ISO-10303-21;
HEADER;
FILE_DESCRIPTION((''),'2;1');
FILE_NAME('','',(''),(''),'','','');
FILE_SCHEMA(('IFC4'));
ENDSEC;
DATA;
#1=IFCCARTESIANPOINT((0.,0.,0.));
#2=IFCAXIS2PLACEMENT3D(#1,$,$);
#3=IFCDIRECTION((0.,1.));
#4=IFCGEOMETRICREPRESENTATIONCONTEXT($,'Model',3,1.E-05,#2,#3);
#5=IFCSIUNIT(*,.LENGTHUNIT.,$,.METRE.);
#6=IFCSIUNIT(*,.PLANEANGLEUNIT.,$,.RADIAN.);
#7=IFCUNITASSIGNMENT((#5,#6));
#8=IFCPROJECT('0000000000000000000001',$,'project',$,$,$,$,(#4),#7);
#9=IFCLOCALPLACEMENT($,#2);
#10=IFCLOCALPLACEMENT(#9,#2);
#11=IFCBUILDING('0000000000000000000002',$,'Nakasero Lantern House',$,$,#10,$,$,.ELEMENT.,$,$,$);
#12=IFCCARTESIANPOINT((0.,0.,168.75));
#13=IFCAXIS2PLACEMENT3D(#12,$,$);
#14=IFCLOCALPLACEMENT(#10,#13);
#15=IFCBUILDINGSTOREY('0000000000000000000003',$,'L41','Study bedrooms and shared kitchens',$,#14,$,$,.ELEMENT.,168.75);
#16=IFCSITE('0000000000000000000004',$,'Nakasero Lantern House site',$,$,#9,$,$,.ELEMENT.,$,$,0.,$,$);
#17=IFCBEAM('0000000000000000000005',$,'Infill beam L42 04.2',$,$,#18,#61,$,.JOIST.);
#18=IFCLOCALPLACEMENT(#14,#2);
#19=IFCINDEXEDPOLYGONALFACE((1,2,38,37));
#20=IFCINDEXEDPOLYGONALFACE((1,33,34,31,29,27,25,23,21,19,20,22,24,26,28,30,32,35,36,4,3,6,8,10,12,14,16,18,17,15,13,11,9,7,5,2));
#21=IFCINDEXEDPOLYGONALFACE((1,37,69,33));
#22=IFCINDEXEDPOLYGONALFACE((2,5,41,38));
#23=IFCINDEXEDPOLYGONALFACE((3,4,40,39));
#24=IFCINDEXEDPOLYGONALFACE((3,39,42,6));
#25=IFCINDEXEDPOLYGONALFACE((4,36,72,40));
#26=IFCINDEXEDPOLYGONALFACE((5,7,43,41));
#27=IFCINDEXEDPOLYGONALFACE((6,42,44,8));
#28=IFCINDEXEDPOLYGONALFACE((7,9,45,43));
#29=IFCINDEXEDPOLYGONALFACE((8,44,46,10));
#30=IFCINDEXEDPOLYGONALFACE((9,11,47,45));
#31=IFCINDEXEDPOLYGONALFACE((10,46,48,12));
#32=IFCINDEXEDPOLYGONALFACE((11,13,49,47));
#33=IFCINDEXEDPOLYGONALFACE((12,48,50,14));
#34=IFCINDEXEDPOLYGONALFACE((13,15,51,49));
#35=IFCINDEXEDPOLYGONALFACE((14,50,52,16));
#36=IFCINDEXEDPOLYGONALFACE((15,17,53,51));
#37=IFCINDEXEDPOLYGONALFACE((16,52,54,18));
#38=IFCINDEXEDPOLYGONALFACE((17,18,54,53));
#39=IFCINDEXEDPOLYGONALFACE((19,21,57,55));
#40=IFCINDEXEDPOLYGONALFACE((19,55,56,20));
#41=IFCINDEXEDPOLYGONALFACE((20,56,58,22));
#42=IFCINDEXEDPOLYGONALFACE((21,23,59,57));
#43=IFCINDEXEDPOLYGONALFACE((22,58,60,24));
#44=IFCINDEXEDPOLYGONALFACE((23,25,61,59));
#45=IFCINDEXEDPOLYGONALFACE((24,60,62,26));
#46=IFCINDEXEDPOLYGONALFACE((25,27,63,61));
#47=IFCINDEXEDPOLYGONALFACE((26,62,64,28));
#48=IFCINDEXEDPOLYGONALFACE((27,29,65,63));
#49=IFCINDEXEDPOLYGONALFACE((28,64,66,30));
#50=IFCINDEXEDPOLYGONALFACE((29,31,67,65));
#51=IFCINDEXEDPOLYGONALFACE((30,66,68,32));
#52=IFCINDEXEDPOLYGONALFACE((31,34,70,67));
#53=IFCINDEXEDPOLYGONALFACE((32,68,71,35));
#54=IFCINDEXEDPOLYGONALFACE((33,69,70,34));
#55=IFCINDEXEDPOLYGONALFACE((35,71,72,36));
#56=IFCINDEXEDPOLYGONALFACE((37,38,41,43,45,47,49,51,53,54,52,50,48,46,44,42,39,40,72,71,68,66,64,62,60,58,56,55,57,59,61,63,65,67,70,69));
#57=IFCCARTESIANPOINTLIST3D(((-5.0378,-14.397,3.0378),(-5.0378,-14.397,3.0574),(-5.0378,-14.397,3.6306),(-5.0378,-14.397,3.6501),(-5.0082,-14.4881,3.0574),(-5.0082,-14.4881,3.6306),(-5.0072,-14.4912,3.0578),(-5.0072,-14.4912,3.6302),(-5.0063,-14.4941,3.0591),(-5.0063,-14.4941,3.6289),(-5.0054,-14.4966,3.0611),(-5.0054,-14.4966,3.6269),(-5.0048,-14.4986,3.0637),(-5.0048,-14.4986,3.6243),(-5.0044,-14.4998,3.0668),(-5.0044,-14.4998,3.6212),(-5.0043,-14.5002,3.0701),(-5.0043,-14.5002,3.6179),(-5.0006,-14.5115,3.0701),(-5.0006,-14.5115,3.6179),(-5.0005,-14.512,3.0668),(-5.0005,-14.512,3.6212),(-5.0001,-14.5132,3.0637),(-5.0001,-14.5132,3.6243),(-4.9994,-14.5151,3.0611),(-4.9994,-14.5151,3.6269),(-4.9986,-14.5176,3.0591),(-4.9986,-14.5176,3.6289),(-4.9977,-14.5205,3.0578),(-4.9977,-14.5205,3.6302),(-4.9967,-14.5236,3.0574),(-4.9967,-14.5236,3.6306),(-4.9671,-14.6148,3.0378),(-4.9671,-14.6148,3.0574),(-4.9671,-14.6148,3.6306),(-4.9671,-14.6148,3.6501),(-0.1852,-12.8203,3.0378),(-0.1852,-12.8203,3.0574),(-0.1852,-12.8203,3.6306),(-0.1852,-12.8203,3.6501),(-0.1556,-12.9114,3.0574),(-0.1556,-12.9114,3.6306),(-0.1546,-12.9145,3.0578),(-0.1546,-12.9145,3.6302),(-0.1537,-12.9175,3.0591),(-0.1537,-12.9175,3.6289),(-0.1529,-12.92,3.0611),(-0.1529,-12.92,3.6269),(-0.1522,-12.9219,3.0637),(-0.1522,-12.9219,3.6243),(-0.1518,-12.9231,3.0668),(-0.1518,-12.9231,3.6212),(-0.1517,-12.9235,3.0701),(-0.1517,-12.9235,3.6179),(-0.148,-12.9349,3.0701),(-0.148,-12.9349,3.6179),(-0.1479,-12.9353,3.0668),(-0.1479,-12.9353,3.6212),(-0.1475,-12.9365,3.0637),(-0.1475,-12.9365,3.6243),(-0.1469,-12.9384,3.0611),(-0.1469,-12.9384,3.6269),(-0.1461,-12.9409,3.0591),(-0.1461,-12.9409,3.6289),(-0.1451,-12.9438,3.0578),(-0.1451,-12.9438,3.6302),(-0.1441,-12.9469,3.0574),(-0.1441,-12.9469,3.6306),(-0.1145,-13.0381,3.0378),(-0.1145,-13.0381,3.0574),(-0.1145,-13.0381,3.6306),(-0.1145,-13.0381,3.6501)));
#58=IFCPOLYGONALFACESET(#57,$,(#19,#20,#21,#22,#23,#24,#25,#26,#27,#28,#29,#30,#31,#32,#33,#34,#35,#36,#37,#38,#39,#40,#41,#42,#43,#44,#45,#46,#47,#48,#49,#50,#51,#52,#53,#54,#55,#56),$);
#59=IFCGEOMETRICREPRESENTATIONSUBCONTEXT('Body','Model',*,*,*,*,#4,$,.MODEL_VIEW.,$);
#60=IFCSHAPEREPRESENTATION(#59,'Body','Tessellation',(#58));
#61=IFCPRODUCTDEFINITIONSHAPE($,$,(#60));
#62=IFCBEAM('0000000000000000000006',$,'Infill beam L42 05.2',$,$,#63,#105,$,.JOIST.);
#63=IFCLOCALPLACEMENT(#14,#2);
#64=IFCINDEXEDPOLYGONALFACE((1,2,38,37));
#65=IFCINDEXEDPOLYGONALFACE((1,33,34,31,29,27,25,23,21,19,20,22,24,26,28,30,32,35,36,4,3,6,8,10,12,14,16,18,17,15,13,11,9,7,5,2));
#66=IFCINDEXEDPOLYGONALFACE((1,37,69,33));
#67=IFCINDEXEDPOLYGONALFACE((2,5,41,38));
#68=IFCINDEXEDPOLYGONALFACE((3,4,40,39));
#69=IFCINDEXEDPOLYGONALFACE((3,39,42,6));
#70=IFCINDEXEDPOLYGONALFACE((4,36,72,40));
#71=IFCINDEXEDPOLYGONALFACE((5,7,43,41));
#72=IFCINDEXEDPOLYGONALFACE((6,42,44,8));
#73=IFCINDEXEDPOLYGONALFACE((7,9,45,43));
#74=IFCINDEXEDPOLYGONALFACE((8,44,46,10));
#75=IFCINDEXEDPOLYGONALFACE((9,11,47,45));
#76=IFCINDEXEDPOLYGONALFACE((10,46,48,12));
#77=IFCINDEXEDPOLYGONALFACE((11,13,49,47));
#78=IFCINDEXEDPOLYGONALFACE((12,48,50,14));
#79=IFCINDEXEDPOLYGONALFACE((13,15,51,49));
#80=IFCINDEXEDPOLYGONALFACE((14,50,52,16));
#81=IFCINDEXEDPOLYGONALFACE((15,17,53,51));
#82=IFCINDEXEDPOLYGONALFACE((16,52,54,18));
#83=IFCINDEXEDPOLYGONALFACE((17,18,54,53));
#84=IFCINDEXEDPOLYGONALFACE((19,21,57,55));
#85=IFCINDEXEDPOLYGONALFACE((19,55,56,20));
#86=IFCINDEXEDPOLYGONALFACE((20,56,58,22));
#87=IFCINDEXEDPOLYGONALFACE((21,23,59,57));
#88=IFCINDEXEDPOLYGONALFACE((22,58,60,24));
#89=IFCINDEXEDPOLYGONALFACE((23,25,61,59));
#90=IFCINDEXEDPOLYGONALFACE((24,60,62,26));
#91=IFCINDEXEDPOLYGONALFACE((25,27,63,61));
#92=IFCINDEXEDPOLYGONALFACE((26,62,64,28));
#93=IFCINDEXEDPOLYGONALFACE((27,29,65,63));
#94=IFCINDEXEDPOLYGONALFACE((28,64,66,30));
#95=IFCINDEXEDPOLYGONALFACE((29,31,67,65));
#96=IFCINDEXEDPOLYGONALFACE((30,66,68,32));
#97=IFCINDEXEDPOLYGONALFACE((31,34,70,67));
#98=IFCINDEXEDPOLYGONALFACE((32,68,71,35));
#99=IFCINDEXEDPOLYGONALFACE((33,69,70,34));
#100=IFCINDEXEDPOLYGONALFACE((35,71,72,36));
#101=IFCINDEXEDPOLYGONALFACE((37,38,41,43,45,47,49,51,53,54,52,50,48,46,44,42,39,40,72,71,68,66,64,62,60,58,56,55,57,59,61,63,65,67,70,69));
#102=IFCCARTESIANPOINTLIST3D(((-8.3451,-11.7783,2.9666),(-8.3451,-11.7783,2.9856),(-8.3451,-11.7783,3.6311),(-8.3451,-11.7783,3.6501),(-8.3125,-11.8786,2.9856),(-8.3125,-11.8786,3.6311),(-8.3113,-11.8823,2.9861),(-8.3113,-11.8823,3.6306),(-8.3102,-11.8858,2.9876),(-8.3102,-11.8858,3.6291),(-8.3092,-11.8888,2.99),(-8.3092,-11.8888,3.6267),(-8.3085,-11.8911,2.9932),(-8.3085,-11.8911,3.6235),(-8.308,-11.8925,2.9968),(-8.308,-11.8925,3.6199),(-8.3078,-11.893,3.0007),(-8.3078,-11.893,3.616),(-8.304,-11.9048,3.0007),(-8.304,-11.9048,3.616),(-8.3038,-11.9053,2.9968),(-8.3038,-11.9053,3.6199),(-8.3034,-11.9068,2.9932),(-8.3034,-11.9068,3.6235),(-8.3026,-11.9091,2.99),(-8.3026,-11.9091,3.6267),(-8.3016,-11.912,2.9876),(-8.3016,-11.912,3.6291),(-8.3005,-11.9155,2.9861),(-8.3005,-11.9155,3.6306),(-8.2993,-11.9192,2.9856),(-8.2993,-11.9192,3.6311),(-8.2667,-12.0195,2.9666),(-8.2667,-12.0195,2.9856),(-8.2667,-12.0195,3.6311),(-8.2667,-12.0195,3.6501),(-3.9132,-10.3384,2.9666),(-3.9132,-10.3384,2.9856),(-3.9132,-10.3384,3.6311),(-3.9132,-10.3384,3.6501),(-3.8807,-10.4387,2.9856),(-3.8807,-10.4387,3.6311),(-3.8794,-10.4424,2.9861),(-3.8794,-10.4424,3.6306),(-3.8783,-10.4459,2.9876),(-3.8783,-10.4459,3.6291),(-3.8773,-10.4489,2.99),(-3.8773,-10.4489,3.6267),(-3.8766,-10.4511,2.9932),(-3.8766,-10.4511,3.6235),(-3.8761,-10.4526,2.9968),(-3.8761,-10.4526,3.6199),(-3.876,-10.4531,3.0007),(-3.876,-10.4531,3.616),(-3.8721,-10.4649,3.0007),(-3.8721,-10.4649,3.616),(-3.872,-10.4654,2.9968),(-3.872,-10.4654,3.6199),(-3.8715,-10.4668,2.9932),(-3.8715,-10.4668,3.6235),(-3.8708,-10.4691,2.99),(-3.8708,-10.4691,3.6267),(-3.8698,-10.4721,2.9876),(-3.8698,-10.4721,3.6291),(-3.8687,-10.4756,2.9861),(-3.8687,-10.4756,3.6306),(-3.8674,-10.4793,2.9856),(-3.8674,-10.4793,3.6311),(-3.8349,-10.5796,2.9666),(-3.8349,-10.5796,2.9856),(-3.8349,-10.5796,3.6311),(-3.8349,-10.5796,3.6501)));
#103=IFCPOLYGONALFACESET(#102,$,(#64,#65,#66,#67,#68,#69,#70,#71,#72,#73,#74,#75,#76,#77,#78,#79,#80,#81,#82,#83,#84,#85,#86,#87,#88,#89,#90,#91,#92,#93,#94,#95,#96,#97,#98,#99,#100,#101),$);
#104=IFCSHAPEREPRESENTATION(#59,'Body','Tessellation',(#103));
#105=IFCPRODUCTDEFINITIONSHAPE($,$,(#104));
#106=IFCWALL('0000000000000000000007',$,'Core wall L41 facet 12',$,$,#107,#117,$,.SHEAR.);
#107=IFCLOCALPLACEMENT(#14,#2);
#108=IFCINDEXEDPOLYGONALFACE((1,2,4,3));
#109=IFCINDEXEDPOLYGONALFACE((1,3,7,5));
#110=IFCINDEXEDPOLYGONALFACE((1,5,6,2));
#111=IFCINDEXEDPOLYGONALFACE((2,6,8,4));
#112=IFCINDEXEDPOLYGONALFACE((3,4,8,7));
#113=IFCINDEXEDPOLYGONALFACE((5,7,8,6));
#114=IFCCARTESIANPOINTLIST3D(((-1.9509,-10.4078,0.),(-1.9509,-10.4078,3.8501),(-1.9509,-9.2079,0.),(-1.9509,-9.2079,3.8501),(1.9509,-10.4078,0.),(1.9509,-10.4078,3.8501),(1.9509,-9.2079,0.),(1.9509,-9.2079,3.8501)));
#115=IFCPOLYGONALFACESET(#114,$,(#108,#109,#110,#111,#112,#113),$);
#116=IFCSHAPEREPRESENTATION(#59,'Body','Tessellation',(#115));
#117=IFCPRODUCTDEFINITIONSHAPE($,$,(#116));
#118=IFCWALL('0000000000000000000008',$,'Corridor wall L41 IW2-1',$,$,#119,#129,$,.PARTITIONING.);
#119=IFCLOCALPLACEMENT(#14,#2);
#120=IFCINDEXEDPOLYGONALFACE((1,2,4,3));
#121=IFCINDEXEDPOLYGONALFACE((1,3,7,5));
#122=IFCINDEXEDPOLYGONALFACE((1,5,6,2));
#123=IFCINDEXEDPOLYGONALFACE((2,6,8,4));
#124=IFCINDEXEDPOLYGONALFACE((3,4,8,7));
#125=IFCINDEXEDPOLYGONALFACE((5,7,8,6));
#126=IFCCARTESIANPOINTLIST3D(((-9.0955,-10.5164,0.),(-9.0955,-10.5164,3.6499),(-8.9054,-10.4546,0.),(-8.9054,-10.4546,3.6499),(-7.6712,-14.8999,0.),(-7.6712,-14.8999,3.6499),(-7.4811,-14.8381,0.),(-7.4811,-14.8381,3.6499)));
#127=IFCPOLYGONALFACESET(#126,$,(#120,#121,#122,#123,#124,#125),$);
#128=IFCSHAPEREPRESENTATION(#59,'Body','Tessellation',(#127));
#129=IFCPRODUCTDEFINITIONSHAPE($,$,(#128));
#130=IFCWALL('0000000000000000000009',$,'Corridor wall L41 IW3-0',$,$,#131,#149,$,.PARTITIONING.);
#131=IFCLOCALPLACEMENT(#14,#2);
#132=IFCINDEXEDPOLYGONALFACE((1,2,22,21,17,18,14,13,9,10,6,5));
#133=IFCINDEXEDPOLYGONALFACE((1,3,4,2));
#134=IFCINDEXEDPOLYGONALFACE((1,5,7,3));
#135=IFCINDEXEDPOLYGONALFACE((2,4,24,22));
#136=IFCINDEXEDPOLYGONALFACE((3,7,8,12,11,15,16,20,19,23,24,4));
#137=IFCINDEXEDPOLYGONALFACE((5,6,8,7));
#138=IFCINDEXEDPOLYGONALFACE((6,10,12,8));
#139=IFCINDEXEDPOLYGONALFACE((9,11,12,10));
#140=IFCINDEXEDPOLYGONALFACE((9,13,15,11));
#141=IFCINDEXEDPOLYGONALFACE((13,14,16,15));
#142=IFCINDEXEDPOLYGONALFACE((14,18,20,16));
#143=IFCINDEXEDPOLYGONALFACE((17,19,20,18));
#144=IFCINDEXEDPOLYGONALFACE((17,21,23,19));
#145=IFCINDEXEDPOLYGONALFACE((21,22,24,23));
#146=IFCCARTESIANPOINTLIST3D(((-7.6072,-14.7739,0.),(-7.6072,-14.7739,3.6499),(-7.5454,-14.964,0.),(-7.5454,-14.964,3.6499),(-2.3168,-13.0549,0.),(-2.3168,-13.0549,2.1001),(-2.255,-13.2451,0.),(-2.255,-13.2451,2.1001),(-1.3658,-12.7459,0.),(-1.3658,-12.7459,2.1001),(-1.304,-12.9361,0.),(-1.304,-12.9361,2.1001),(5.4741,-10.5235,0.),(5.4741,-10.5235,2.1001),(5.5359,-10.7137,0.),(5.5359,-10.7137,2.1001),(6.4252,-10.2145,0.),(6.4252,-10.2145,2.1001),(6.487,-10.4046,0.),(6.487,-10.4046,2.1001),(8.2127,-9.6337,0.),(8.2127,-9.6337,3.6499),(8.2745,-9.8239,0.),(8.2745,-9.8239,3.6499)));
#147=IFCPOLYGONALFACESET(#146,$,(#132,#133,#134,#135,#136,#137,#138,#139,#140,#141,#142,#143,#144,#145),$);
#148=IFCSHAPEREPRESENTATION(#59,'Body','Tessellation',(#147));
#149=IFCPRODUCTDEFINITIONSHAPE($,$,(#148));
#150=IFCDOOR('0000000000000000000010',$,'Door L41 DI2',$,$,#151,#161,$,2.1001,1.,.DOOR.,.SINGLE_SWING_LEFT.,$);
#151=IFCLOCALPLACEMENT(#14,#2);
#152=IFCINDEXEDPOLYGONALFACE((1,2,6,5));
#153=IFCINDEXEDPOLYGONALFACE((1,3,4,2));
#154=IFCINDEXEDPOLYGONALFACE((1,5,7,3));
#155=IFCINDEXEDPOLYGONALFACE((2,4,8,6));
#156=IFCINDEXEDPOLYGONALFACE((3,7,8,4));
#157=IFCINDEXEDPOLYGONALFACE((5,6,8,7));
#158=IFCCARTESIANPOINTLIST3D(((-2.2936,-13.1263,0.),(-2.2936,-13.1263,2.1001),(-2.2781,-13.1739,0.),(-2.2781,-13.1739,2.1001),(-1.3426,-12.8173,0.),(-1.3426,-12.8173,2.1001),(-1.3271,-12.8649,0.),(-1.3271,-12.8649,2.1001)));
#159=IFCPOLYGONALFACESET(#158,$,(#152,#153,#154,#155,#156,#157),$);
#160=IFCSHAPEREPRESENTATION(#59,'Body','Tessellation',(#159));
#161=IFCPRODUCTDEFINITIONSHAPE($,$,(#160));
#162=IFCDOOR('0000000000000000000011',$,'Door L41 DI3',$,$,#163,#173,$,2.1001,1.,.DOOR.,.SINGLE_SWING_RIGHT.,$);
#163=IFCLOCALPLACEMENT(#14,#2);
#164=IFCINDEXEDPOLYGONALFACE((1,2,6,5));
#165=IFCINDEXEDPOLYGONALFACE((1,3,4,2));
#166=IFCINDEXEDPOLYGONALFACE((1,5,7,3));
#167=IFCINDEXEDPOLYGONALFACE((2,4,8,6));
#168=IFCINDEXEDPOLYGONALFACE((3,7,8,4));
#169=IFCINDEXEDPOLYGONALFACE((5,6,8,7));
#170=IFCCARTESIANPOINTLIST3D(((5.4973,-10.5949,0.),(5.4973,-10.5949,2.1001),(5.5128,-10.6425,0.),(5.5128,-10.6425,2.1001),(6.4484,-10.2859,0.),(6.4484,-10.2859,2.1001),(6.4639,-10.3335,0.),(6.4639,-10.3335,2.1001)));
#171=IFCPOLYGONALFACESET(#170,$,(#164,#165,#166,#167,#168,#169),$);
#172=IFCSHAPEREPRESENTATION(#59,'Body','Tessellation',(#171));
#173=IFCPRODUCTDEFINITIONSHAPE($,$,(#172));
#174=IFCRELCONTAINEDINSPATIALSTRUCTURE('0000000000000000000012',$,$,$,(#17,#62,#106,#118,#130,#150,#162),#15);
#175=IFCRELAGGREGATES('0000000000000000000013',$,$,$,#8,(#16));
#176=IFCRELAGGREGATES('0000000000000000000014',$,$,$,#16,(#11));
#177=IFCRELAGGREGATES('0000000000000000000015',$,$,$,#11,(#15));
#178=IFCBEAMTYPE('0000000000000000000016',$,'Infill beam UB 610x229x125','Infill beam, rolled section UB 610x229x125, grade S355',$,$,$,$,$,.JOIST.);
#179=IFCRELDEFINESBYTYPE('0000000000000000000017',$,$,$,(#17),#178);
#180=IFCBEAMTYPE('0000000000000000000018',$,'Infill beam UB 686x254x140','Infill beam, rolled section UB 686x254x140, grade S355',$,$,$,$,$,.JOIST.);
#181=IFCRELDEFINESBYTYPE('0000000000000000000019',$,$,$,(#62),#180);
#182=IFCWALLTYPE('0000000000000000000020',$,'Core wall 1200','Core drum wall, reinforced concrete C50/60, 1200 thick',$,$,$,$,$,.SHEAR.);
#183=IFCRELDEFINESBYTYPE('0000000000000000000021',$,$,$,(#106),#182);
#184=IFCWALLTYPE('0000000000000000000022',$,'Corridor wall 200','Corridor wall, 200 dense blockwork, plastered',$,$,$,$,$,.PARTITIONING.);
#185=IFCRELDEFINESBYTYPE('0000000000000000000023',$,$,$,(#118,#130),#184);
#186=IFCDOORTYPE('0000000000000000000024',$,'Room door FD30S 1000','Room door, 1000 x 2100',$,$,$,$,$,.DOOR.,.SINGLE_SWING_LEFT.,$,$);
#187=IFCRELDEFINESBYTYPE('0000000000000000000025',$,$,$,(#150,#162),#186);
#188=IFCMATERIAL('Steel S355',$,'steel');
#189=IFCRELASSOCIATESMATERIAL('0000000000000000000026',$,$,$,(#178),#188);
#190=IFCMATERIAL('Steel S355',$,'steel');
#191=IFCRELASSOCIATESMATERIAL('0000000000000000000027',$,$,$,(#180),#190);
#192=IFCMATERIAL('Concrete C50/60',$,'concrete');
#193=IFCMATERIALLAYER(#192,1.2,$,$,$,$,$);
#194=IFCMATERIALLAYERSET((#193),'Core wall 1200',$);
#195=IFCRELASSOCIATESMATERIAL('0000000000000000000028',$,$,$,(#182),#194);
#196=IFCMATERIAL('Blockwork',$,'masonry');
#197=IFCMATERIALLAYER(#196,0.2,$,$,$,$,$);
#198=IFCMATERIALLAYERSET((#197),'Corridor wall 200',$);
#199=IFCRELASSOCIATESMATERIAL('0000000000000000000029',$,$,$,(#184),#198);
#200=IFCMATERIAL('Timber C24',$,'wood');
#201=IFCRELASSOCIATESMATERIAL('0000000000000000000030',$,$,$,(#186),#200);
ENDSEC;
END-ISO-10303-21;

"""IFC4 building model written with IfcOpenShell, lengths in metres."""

from ifc_helpers import new_model, si_unit, direction, frame, frame_2d, origin, origin_2d, place, context, subcontext, project, spatial, rectangle, i_section, extrude, material, layer, layer_set, material_profile, profile_set, type_object, element, fill, save


model = new_model("IFC4")

# Units and contexts
model_context = context("Model", 3, precision=1e-05, world=origin(), true_north=direction((0.0, 1.0)))
body_context = subcontext(model_context, "Body", "Model", "MODEL_VIEW")
ifc_project = project(units=[si_unit("LENGTHUNIT", "METRE"), si_unit("PLANEANGLEUNIT", "RADIAN")], contexts=[model_context])

# Site, building, storey
site_placement = place(None, origin())
site = spatial("IfcSite", under=ifc_project, at=site_placement, Name="Nakasero Lantern House site", CompositionType="ELEMENT", RefElevation=0.0)
building_placement = place(site_placement, origin())
building = spatial("IfcBuilding", under=site, at=building_placement, Name="Nakasero Lantern House", CompositionType="ELEMENT")
storey_placement = place(building_placement, frame((0.0, 0.0, 168.75)))
storey = spatial("IfcBuildingStorey", under=building, at=storey_placement, Name="L41", Description="Study bedrooms and shared kitchens", CompositionType="ELEMENT", Elevation=168.75)

# Beams
ifc_material_1 = material(Name="Steel S355", Category="steel")
ifc_material_profile_1 = material_profile(ifc_material_1, i_section(OverallWidth=0.229, OverallDepth=0.6123, WebThickness=0.012, FlangeThickness=0.0195, FilletRadius=0.0127, at=origin_2d()), Name="UB 610x229x125")
ifc_profile_set_1 = profile_set([ifc_material_profile_1], Name="Steel S355")
beam_type_1 = type_object("IfcBeamType", Name="Infill beam UB 610x229x125", Description="Infill beam, rolled section UB 610x229x125, grade S355", PredefinedType="JOIST", material=ifc_profile_set_1)
beam_1_placement = place(storey_placement, frame((-5.0024, -14.5059, 3.344), z_axis=(0.951058, 0.309012, 0.0), x_axis=(-0.309012, 0.951058, 0.0)))
element("IfcBeam", 1, at=beam_1_placement, inside=storey, type_object=beam_type_1, Name="Infill beam L42 04.2", PredefinedType="JOIST", context=body_context, shape_type="SweptSolid", body=[
    extrude(i_section(OverallWidth=0.229, OverallDepth=0.6123, WebThickness=0.012, FlangeThickness=0.0195, FilletRadius=0.0127, at=origin_2d()), origin(), (0.0, 0.0, 1.0), 5.1023),
])
ifc_material_2 = material(Name="Steel S355", Category="steel")
ifc_material_profile_2 = material_profile(ifc_material_2, i_section(OverallWidth=0.2537, OverallDepth=0.6836, WebThickness=0.0125, FlangeThickness=0.019, FilletRadius=0.0151, at=origin_2d()), Name="UB 686x254x140")
ifc_profile_set_2 = profile_set([ifc_material_profile_2], Name="Steel S355")
beam_type_2 = type_object("IfcBeamType", Name="Infill beam UB 686x254x140", Description="Infill beam, rolled section UB 686x254x140, grade S355", PredefinedType="JOIST", material=ifc_profile_set_2)
beam_2_placement = place(storey_placement, frame((-8.3059, -11.8989, 3.3083), z_axis=(0.951061, 0.309004, 0.0), x_axis=(-0.309004, 0.951061, 0.0)))
element("IfcBeam", 2, at=beam_2_placement, inside=storey, type_object=beam_type_2, Name="Infill beam L42 05.2", PredefinedType="JOIST", context=body_context, shape_type="SweptSolid", body=[
    extrude(i_section(OverallWidth=0.2537, OverallDepth=0.6836, WebThickness=0.0125, FlangeThickness=0.019, FilletRadius=0.0151, at=origin_2d()), origin(), (0.0, 0.0, 1.0), 4.6599),
])

# Wall
ifc_material_3 = material(Name="Concrete C50/60", Category="concrete")
ifc_layer_1 = layer(ifc_material_3, 1.2)
ifc_layer_set_1 = layer_set([ifc_layer_1], Name="Core wall 1200")
wall_type_1 = type_object("IfcWallType", Name="Core wall 1200", Description="Core drum wall, reinforced concrete C50/60, 1200 thick", PredefinedType="SHEAR", material=ifc_layer_set_1)
wall_1_placement = place(storey_placement, frame((-1.9509, -9.8079, 0.0), z_axis=(0.0, 0.0, 1.0), x_axis=(1.0, 0.0, 0.0)))
element("IfcWall", 3, at=wall_1_placement, inside=storey, type_object=wall_type_1, Name="Core wall L41 facet 12", PredefinedType="SHEAR", context=body_context, shape_type="SweptSolid", body=[
    extrude(rectangle(XDim=3.9019, YDim=1.2, at=frame_2d((1.9509, 0.0))), origin(), (0.0, 0.0, 1.0), 3.8501),
])

# Shared definitions
ifc_material_4 = material(Name="Blockwork", Category="masonry")
ifc_layer_2 = layer(ifc_material_4, 0.2)
ifc_layer_set_2 = layer_set([ifc_layer_2], Name="Corridor wall 200")
wall_type_2 = type_object("IfcWallType", Name="Corridor wall 200", Description="Corridor wall, 200 dense blockwork, plastered", PredefinedType="PARTITIONING", material=ifc_layer_set_2)
ifc_material_5 = material(Name="Timber C24", Category="wood")
door_type_1 = type_object("IfcDoorType", Name="Room door FD30S 1000", Description="Room door, 1000 x 2100", OperationType="SINGLE_SWING_LEFT", PredefinedType="DOOR", material=ifc_material_5)

# Wall
wall_2_placement = place(storey_placement, frame((-9.0005, -10.4854, 0.0), z_axis=(0.0, 0.0, 1.0), x_axis=(0.30902, -0.951055, 0.0)))
element("IfcWall", 4, at=wall_2_placement, inside=storey, type_object=wall_type_2, Name="Corridor wall L41 IW2-1", PredefinedType="PARTITIONING", context=body_context, shape_type="SweptSolid", body=[
    extrude(rectangle(XDim=4.6091, YDim=0.2, at=frame_2d((2.3047, 0.0))), origin(), (0.0, 0.0, 1.0), 3.6499),
])

# Wall, openings, doors
wall_3_placement = place(storey_placement, frame((-7.5762, -14.8689, 0.0), z_axis=(0.0, 0.0, 1.0), x_axis=(0.951057, 0.309015, 0.0)))
wall_3 = element("IfcWall", 5, at=wall_3_placement, inside=storey, type_object=wall_type_2, Name="Corridor wall L41 IW3-0", PredefinedType="PARTITIONING", context=body_context, shape_type="SweptSolid", body=[
    extrude(rectangle(XDim=16.634, YDim=0.2, at=frame_2d((8.3169, 0.0))), origin(), (0.0, 0.0, 1.0), 3.6499),
])
opening_1_placement = place(wall_3_placement, frame((5.5625, 0.0, 0.0)))
opening_1 = element("IfcOpeningElement", 6, at=opening_1_placement, cuts=wall_3, PredefinedType="OPENING", context=body_context, shape_type="SweptSolid", body=[
    extrude(rectangle(XDim=1.0, YDim=2.1001, at=frame_2d((0.5, 1.05))), frame((0.0, 0.1199, 0.0), z_axis=(0.0, -1.0, 0.0), x_axis=(1.0, 0.0, 0.0)), (0.0, 0.0, 1.0), 0.24),
])
opening_2_placement = place(wall_3_placement, frame((13.7544, 0.0, 0.0)))
opening_2 = element("IfcOpeningElement", 7, at=opening_2_placement, cuts=wall_3, PredefinedType="OPENING", context=body_context, shape_type="SweptSolid", body=[
    extrude(rectangle(XDim=1.0, YDim=2.1001, at=frame_2d((0.5, 1.05))), frame((0.0, 0.1199, 0.0), z_axis=(0.0, -1.0, 0.0), x_axis=(1.0, 0.0, 0.0)), (0.0, 0.0, 1.0), 0.24),
])
door_1_placement = place(opening_1_placement, origin())
door_1 = element("IfcDoor", 8, at=door_1_placement, inside=storey, type_object=door_type_1, Name="Door L41 DI2", OperationType="SINGLE_SWING_LEFT", OverallHeight=2.1001, OverallWidth=1.0, PredefinedType="DOOR", context=body_context, shape_type="SweptSolid", body=[
    extrude(rectangle(XDim=1.0, YDim=2.1001, at=frame_2d((0.5, 1.05))), frame((0.0, 0.0249, 0.0), z_axis=(0.0, -1.0, 0.0), x_axis=(1.0, 0.0, 0.0)), (0.0, 0.0, 1.0), 0.05),
])
fill(opening_1, door_1)
door_2_placement = place(opening_2_placement, origin())
door_2 = element("IfcDoor", 9, at=door_2_placement, inside=storey, type_object=door_type_1, Name="Door L41 DI3", OperationType="SINGLE_SWING_RIGHT", OverallHeight=2.1001, OverallWidth=1.0, PredefinedType="DOOR", context=body_context, shape_type="SweptSolid", body=[
    extrude(rectangle(XDim=1.0, YDim=2.1001, at=frame_2d((0.5, 1.05))), frame((0.0, 0.0249, 0.0), z_axis=(0.0, -1.0, 0.0), x_axis=(1.0, 0.0, 0.0)), (0.0, 0.0, 1.0), 0.05),
])
fill(opening_2, door_2)

save(model, "model.ifc")
